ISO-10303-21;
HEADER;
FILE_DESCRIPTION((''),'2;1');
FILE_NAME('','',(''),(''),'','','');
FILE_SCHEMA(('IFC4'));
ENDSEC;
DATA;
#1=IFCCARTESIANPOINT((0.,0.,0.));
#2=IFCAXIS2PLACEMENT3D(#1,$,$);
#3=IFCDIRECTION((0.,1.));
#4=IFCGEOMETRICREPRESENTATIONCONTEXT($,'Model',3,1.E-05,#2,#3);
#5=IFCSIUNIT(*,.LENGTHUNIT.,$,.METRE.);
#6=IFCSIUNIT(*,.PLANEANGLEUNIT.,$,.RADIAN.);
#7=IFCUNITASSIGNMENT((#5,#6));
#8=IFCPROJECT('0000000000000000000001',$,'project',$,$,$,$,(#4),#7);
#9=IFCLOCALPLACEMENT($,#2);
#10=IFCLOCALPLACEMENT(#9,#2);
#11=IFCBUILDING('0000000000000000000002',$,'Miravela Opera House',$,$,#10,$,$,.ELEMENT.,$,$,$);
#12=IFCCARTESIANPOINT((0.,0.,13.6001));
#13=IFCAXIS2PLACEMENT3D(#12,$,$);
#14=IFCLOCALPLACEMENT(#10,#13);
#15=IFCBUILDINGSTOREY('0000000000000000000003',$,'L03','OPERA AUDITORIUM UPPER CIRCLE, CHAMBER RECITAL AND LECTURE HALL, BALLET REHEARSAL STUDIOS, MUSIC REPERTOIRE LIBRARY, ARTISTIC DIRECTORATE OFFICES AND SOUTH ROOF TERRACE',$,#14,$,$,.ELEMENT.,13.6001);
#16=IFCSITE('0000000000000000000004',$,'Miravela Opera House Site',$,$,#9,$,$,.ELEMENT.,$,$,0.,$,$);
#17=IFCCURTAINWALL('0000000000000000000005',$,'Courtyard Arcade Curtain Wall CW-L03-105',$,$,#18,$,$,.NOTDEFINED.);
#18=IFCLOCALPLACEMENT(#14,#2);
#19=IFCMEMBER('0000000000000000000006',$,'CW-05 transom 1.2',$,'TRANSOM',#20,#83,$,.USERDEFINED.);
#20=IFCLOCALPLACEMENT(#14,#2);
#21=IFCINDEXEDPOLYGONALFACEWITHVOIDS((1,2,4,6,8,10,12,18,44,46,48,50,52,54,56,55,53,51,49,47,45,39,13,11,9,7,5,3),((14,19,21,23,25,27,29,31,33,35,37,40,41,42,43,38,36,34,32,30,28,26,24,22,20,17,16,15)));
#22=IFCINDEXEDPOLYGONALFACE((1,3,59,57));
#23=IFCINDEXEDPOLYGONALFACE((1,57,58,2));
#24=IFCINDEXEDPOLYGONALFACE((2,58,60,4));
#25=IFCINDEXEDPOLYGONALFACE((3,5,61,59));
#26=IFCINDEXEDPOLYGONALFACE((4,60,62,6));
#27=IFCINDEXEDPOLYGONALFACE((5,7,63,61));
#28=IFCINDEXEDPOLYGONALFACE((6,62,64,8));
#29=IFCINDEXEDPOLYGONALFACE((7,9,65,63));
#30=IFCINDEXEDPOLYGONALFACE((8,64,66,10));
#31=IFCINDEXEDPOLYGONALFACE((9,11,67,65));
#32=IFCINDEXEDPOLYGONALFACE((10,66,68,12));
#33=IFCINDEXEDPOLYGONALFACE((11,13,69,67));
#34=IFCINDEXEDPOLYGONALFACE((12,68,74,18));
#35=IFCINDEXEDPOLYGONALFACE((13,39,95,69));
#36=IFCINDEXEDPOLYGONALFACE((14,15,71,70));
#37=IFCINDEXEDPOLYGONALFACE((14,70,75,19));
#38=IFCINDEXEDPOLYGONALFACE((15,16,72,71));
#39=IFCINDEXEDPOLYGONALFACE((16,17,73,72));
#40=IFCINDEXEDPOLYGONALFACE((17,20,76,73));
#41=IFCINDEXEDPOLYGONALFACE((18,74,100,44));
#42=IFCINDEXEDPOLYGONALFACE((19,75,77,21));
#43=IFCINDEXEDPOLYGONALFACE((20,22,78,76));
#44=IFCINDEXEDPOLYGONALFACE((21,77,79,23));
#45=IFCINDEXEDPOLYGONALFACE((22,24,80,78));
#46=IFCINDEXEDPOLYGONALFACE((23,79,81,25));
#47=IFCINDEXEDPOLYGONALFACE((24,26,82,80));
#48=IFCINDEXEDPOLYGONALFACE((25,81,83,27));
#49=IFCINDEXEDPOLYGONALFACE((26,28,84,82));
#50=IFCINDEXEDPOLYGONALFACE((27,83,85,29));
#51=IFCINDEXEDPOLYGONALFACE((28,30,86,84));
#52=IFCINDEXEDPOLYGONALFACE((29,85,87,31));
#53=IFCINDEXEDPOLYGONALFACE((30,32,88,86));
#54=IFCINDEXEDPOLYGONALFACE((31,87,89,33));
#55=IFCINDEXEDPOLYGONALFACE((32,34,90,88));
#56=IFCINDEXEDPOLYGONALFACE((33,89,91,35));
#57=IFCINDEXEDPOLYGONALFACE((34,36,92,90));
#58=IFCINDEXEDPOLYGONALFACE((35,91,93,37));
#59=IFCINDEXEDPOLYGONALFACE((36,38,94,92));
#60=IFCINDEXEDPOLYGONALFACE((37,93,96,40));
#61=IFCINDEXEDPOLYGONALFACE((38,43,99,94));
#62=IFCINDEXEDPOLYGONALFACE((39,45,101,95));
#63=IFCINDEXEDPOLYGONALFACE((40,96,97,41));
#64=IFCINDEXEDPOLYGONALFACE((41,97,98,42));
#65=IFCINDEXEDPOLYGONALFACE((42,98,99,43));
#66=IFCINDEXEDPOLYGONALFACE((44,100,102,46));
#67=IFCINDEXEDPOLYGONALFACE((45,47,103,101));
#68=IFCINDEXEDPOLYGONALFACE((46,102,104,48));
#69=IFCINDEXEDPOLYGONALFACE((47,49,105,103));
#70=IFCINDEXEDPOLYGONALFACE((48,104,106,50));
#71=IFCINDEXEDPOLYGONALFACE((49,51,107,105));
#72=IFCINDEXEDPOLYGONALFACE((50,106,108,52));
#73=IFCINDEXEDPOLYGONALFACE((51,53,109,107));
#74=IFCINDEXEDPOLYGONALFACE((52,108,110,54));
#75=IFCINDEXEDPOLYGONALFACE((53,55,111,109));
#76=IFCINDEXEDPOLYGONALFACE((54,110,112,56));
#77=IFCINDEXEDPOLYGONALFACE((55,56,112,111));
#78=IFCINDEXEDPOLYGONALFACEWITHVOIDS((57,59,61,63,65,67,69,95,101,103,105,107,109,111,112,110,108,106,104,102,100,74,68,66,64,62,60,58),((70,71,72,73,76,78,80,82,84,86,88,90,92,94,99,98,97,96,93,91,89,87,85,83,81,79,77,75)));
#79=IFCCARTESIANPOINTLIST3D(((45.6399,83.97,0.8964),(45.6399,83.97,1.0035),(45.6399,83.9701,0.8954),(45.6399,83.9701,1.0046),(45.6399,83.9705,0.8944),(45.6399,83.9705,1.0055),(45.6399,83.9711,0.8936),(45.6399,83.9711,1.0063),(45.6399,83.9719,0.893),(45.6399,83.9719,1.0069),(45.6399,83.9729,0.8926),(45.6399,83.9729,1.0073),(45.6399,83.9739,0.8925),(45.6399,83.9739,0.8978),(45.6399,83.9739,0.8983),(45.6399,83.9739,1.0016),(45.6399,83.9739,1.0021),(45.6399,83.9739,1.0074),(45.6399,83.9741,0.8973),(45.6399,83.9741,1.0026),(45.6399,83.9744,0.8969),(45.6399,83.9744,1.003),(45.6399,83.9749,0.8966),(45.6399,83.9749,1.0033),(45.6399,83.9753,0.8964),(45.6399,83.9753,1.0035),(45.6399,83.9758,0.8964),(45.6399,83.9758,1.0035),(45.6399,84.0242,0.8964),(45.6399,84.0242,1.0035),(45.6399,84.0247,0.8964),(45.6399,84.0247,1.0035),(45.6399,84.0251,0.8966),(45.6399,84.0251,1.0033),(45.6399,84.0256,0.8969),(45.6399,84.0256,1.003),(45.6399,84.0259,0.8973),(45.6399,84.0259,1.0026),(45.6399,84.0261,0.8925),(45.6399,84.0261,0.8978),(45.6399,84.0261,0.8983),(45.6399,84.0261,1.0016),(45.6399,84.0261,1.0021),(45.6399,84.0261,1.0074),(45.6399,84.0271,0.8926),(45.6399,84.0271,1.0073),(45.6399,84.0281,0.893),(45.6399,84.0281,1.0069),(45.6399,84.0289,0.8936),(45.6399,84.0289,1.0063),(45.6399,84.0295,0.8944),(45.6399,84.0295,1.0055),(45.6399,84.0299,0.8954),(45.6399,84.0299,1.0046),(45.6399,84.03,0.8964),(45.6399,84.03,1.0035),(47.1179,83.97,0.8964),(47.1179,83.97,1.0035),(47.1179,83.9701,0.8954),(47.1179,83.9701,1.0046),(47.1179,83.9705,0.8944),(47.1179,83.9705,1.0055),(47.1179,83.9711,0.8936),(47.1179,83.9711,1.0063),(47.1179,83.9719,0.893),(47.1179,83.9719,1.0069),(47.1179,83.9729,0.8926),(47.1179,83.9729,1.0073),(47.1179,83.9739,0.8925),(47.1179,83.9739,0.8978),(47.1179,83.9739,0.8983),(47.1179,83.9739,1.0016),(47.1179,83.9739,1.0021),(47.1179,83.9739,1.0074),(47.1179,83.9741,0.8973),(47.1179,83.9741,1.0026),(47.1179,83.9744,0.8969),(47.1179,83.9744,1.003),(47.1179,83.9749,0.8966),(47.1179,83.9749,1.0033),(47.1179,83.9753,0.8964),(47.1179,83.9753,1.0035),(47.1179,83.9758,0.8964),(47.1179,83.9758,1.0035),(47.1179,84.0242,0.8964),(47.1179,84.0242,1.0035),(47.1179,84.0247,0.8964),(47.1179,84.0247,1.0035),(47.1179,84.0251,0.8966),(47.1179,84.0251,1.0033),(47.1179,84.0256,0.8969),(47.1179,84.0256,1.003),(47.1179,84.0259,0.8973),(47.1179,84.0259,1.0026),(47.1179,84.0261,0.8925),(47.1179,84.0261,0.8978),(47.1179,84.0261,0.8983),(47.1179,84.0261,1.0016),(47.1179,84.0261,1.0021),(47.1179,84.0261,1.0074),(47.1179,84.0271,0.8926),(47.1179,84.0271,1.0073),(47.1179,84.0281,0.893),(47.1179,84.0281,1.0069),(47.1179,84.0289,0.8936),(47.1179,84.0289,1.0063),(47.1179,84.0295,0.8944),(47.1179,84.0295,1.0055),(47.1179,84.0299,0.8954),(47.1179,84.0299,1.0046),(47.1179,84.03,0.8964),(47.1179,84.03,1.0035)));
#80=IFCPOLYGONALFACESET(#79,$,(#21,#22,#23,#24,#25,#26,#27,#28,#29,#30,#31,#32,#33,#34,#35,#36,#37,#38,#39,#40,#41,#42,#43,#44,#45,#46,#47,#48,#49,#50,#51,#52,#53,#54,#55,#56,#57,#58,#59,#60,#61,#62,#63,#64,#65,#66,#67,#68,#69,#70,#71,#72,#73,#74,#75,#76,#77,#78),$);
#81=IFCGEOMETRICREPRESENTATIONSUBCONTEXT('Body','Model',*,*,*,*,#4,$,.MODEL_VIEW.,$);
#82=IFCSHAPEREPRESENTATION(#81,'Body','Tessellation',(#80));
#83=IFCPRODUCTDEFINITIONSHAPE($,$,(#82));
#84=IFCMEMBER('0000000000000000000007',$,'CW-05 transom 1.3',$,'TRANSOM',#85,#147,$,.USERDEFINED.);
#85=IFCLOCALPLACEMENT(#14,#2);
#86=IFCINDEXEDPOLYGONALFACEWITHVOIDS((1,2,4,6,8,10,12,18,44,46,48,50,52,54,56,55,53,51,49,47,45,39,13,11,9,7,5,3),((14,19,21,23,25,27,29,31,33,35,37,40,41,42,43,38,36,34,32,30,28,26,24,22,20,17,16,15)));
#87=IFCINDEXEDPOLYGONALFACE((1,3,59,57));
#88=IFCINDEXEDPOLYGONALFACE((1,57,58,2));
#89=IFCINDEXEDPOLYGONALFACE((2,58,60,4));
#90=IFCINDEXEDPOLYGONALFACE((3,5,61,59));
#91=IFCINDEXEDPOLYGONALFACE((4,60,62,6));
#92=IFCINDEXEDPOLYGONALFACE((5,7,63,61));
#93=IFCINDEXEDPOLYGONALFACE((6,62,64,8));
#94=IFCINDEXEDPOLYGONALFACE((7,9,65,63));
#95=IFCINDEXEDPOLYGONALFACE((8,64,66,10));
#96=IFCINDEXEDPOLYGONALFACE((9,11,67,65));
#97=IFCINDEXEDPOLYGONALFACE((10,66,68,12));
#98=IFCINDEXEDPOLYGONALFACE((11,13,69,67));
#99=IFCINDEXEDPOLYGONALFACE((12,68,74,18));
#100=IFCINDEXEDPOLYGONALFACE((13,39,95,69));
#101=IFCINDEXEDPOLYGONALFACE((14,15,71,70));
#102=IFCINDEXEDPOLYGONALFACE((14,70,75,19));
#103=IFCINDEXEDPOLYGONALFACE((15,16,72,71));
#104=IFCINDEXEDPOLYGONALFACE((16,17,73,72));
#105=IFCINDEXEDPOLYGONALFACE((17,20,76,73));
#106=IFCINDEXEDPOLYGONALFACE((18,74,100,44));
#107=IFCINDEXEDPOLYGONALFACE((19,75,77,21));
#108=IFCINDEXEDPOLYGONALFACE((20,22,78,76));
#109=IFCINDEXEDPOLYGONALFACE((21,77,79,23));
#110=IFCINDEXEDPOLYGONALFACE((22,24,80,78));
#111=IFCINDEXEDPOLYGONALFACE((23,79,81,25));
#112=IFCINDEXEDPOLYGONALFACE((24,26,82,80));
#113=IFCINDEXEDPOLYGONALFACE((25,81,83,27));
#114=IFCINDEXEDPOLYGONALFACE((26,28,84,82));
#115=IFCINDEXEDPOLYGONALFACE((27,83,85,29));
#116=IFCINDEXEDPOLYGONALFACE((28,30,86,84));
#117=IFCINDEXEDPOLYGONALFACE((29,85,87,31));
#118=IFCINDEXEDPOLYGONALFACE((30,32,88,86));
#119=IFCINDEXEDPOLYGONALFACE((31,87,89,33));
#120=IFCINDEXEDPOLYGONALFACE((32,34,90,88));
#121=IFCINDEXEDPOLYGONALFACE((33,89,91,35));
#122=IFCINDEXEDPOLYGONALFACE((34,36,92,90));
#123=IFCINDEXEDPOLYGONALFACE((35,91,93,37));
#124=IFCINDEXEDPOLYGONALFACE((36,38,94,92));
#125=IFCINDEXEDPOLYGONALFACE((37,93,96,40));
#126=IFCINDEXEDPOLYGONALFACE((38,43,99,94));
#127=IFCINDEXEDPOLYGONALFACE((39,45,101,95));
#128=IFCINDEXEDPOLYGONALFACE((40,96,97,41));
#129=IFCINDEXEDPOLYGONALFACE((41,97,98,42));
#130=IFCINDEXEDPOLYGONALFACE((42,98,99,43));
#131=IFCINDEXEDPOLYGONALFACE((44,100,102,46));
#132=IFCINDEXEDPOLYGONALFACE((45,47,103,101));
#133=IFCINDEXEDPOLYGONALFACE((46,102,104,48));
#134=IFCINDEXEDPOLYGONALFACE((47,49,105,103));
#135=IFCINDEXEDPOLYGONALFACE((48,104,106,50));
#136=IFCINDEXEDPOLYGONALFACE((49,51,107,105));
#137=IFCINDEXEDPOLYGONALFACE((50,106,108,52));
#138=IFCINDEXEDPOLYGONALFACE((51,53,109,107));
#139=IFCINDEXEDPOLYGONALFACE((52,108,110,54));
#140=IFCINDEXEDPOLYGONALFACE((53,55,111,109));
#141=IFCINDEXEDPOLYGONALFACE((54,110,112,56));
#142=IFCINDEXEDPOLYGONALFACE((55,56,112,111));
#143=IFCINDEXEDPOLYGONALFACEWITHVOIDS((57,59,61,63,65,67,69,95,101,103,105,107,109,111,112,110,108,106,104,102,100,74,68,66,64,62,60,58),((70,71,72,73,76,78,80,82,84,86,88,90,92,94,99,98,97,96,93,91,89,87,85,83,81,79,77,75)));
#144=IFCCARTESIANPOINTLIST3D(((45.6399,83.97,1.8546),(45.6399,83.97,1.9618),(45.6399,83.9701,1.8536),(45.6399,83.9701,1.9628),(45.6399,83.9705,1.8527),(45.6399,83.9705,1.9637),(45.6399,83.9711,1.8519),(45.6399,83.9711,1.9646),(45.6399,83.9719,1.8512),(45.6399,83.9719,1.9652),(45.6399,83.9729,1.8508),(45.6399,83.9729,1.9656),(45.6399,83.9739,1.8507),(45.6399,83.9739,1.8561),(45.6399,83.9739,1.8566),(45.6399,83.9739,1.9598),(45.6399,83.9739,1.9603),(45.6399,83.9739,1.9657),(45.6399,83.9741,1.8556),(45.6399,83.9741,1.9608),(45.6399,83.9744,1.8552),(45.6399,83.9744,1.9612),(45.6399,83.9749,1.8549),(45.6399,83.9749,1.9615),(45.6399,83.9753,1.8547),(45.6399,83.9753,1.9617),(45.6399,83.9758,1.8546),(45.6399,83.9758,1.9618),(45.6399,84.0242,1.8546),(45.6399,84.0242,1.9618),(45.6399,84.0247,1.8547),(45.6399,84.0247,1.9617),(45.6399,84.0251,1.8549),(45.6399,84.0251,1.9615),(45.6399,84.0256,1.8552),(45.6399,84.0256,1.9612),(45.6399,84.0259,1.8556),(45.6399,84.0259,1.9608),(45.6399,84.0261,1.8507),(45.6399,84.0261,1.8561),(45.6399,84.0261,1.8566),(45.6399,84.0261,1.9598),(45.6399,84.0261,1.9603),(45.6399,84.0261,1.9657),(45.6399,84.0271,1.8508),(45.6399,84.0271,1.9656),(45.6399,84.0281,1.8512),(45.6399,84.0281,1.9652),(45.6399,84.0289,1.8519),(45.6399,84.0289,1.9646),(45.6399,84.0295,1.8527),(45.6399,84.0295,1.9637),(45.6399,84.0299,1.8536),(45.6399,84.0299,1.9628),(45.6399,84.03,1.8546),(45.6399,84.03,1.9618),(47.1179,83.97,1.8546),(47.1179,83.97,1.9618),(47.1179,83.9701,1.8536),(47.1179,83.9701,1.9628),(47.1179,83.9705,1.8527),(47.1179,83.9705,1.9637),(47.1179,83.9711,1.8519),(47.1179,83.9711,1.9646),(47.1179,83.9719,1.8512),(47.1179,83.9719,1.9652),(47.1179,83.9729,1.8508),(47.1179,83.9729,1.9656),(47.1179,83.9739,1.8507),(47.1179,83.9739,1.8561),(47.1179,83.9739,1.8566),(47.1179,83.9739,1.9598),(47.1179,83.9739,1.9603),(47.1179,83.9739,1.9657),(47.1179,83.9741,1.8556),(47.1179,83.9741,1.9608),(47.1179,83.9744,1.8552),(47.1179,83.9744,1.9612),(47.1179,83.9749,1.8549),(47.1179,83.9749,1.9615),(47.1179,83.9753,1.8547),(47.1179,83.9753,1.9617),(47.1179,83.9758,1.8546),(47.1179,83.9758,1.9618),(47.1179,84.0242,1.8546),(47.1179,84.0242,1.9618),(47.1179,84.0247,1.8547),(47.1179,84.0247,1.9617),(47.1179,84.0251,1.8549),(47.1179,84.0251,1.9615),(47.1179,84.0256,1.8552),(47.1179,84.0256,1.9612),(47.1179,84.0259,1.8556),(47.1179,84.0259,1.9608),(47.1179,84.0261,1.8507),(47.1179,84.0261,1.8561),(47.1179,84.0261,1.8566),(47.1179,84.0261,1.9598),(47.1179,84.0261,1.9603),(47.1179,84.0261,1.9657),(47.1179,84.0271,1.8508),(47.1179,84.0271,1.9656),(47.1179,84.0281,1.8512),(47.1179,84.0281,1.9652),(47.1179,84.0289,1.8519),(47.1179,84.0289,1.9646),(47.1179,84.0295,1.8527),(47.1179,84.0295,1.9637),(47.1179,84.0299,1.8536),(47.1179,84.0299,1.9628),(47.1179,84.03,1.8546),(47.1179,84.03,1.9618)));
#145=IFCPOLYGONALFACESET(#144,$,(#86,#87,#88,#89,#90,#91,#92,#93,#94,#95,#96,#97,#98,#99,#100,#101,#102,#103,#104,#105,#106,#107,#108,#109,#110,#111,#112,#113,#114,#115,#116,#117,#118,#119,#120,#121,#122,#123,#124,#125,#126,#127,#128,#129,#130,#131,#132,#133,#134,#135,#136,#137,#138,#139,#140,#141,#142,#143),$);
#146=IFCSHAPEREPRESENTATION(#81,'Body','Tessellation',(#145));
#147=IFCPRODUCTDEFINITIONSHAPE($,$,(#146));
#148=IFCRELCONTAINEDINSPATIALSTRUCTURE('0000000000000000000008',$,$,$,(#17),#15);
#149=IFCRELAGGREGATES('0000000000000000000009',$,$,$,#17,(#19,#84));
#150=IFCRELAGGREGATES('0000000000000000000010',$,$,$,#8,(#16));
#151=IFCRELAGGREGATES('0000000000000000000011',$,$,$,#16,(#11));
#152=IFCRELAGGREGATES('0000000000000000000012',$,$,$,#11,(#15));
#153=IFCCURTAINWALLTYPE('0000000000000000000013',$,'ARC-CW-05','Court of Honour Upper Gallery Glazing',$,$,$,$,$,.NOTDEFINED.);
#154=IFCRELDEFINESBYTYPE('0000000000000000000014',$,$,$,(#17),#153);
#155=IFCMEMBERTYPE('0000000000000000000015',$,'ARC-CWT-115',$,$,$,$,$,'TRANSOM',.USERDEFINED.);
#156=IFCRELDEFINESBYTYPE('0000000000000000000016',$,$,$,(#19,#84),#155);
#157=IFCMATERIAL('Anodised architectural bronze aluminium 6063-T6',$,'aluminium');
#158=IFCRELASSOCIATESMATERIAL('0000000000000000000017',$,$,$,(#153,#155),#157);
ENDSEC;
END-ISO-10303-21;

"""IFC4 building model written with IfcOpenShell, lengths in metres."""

from ifc_helpers import new_model, si_unit, direction, frame, origin, origin_2d, place, context, subcontext, project, spatial, hollow_rectangle, extrude, material, material_profile, profile_set, type_object, element, aggregate, save


model = new_model("IFC4")

# Units and contexts
model_context = context("Model", 3, precision=1e-05, world=origin(), true_north=direction((0.0, 1.0)))
body_context = subcontext(model_context, "Body", "Model", "MODEL_VIEW")
ifc_project = project(units=[si_unit("LENGTHUNIT", "METRE"), si_unit("PLANEANGLEUNIT", "RADIAN")], contexts=[model_context])

# Site, building, storey
site_placement = place(None, origin())
site = spatial("IfcSite", under=ifc_project, at=site_placement, Name="Miravela Opera House Site", CompositionType="ELEMENT", RefElevation=0.0)
building_placement = place(site_placement, origin())
building = spatial("IfcBuilding", under=site, at=building_placement, Name="Miravela Opera House", CompositionType="ELEMENT")
storey_placement = place(building_placement, frame((0.0, 0.0, 13.6001)))
storey = spatial("IfcBuildingStorey", under=building, at=storey_placement, Name="L03", Description="OPERA AUDITORIUM UPPER CIRCLE, CHAMBER RECITAL AND LECTURE HALL, BALLET REHEARSAL STUDIOS, MUSIC REPERTOIRE LIBRARY, ARTISTIC DIRECTORATE OFFICES AND SOUTH ROOF TERRACE", CompositionType="ELEMENT", Elevation=13.6001)

# Shared definitions
ifc_material_1 = material(Name="Anodised architectural bronze aluminium 6063-T6", Category="aluminium")
curtain_wall_type = type_object("IfcCurtainWallType", Name="ARC-CW-05", Description="Court of Honour Upper Gallery Glazing", PredefinedType="NOTDEFINED", material=ifc_material_1)

# Curtain wall
curtain_wall_1_placement = place(storey_placement, origin())
curtain_wall_1 = element("IfcCurtainWall", 1, at=curtain_wall_1_placement, inside=storey, type_object=curtain_wall_type, Name="Courtyard Arcade Curtain Wall CW-L03-105", PredefinedType="NOTDEFINED")

# Members
ifc_material_profile_1 = material_profile(ifc_material_1, hollow_rectangle(XDim=0.0601, YDim=0.115, WallThickness=0.0039, InnerFilletRadius=0.002, OuterFilletRadius=0.0039, at=origin_2d()), Name="CWT-60X115")
ifc_profile_set_1 = profile_set([ifc_material_profile_1])
member_type_1 = type_object("IfcMemberType", Name="ARC-CWT-115", ElementType="TRANSOM", PredefinedType="USERDEFINED", material=ifc_profile_set_1)
member_1_placement = place(storey_placement, frame((45.6399, 84.0, 0.95), z_axis=(1.0, 0.0, 0.0), x_axis=(0.0, 1.0, 0.0)))
member_1 = element("IfcMember", 2, at=member_1_placement, type_object=member_type_1, Name="CW-05 transom 1.2", ObjectType="TRANSOM", PredefinedType="USERDEFINED", context=body_context, shape_type="SweptSolid", body=[
    extrude(hollow_rectangle(XDim=0.0601, YDim=0.115, WallThickness=0.0039, InnerFilletRadius=0.002, OuterFilletRadius=0.0039, at=origin_2d()), origin(), (0.0, 0.0, 1.0), 1.478),
])
member_2_placement = place(storey_placement, frame((45.6399, 84.0, 1.9082), z_axis=(1.0, 0.0, 0.0), x_axis=(0.0, 1.0, 0.0)))
member_2 = element("IfcMember", 3, at=member_2_placement, type_object=member_type_1, Name="CW-05 transom 1.3", ObjectType="TRANSOM", PredefinedType="USERDEFINED", context=body_context, shape_type="SweptSolid", body=[
    extrude(hollow_rectangle(XDim=0.0601, YDim=0.115, WallThickness=0.0039, InnerFilletRadius=0.002, OuterFilletRadius=0.0039, at=origin_2d()), origin(), (0.0, 0.0, 1.0), 1.478),
])

aggregate(curtain_wall_1, [member_1, member_2])

save(model, "model.ifc")
